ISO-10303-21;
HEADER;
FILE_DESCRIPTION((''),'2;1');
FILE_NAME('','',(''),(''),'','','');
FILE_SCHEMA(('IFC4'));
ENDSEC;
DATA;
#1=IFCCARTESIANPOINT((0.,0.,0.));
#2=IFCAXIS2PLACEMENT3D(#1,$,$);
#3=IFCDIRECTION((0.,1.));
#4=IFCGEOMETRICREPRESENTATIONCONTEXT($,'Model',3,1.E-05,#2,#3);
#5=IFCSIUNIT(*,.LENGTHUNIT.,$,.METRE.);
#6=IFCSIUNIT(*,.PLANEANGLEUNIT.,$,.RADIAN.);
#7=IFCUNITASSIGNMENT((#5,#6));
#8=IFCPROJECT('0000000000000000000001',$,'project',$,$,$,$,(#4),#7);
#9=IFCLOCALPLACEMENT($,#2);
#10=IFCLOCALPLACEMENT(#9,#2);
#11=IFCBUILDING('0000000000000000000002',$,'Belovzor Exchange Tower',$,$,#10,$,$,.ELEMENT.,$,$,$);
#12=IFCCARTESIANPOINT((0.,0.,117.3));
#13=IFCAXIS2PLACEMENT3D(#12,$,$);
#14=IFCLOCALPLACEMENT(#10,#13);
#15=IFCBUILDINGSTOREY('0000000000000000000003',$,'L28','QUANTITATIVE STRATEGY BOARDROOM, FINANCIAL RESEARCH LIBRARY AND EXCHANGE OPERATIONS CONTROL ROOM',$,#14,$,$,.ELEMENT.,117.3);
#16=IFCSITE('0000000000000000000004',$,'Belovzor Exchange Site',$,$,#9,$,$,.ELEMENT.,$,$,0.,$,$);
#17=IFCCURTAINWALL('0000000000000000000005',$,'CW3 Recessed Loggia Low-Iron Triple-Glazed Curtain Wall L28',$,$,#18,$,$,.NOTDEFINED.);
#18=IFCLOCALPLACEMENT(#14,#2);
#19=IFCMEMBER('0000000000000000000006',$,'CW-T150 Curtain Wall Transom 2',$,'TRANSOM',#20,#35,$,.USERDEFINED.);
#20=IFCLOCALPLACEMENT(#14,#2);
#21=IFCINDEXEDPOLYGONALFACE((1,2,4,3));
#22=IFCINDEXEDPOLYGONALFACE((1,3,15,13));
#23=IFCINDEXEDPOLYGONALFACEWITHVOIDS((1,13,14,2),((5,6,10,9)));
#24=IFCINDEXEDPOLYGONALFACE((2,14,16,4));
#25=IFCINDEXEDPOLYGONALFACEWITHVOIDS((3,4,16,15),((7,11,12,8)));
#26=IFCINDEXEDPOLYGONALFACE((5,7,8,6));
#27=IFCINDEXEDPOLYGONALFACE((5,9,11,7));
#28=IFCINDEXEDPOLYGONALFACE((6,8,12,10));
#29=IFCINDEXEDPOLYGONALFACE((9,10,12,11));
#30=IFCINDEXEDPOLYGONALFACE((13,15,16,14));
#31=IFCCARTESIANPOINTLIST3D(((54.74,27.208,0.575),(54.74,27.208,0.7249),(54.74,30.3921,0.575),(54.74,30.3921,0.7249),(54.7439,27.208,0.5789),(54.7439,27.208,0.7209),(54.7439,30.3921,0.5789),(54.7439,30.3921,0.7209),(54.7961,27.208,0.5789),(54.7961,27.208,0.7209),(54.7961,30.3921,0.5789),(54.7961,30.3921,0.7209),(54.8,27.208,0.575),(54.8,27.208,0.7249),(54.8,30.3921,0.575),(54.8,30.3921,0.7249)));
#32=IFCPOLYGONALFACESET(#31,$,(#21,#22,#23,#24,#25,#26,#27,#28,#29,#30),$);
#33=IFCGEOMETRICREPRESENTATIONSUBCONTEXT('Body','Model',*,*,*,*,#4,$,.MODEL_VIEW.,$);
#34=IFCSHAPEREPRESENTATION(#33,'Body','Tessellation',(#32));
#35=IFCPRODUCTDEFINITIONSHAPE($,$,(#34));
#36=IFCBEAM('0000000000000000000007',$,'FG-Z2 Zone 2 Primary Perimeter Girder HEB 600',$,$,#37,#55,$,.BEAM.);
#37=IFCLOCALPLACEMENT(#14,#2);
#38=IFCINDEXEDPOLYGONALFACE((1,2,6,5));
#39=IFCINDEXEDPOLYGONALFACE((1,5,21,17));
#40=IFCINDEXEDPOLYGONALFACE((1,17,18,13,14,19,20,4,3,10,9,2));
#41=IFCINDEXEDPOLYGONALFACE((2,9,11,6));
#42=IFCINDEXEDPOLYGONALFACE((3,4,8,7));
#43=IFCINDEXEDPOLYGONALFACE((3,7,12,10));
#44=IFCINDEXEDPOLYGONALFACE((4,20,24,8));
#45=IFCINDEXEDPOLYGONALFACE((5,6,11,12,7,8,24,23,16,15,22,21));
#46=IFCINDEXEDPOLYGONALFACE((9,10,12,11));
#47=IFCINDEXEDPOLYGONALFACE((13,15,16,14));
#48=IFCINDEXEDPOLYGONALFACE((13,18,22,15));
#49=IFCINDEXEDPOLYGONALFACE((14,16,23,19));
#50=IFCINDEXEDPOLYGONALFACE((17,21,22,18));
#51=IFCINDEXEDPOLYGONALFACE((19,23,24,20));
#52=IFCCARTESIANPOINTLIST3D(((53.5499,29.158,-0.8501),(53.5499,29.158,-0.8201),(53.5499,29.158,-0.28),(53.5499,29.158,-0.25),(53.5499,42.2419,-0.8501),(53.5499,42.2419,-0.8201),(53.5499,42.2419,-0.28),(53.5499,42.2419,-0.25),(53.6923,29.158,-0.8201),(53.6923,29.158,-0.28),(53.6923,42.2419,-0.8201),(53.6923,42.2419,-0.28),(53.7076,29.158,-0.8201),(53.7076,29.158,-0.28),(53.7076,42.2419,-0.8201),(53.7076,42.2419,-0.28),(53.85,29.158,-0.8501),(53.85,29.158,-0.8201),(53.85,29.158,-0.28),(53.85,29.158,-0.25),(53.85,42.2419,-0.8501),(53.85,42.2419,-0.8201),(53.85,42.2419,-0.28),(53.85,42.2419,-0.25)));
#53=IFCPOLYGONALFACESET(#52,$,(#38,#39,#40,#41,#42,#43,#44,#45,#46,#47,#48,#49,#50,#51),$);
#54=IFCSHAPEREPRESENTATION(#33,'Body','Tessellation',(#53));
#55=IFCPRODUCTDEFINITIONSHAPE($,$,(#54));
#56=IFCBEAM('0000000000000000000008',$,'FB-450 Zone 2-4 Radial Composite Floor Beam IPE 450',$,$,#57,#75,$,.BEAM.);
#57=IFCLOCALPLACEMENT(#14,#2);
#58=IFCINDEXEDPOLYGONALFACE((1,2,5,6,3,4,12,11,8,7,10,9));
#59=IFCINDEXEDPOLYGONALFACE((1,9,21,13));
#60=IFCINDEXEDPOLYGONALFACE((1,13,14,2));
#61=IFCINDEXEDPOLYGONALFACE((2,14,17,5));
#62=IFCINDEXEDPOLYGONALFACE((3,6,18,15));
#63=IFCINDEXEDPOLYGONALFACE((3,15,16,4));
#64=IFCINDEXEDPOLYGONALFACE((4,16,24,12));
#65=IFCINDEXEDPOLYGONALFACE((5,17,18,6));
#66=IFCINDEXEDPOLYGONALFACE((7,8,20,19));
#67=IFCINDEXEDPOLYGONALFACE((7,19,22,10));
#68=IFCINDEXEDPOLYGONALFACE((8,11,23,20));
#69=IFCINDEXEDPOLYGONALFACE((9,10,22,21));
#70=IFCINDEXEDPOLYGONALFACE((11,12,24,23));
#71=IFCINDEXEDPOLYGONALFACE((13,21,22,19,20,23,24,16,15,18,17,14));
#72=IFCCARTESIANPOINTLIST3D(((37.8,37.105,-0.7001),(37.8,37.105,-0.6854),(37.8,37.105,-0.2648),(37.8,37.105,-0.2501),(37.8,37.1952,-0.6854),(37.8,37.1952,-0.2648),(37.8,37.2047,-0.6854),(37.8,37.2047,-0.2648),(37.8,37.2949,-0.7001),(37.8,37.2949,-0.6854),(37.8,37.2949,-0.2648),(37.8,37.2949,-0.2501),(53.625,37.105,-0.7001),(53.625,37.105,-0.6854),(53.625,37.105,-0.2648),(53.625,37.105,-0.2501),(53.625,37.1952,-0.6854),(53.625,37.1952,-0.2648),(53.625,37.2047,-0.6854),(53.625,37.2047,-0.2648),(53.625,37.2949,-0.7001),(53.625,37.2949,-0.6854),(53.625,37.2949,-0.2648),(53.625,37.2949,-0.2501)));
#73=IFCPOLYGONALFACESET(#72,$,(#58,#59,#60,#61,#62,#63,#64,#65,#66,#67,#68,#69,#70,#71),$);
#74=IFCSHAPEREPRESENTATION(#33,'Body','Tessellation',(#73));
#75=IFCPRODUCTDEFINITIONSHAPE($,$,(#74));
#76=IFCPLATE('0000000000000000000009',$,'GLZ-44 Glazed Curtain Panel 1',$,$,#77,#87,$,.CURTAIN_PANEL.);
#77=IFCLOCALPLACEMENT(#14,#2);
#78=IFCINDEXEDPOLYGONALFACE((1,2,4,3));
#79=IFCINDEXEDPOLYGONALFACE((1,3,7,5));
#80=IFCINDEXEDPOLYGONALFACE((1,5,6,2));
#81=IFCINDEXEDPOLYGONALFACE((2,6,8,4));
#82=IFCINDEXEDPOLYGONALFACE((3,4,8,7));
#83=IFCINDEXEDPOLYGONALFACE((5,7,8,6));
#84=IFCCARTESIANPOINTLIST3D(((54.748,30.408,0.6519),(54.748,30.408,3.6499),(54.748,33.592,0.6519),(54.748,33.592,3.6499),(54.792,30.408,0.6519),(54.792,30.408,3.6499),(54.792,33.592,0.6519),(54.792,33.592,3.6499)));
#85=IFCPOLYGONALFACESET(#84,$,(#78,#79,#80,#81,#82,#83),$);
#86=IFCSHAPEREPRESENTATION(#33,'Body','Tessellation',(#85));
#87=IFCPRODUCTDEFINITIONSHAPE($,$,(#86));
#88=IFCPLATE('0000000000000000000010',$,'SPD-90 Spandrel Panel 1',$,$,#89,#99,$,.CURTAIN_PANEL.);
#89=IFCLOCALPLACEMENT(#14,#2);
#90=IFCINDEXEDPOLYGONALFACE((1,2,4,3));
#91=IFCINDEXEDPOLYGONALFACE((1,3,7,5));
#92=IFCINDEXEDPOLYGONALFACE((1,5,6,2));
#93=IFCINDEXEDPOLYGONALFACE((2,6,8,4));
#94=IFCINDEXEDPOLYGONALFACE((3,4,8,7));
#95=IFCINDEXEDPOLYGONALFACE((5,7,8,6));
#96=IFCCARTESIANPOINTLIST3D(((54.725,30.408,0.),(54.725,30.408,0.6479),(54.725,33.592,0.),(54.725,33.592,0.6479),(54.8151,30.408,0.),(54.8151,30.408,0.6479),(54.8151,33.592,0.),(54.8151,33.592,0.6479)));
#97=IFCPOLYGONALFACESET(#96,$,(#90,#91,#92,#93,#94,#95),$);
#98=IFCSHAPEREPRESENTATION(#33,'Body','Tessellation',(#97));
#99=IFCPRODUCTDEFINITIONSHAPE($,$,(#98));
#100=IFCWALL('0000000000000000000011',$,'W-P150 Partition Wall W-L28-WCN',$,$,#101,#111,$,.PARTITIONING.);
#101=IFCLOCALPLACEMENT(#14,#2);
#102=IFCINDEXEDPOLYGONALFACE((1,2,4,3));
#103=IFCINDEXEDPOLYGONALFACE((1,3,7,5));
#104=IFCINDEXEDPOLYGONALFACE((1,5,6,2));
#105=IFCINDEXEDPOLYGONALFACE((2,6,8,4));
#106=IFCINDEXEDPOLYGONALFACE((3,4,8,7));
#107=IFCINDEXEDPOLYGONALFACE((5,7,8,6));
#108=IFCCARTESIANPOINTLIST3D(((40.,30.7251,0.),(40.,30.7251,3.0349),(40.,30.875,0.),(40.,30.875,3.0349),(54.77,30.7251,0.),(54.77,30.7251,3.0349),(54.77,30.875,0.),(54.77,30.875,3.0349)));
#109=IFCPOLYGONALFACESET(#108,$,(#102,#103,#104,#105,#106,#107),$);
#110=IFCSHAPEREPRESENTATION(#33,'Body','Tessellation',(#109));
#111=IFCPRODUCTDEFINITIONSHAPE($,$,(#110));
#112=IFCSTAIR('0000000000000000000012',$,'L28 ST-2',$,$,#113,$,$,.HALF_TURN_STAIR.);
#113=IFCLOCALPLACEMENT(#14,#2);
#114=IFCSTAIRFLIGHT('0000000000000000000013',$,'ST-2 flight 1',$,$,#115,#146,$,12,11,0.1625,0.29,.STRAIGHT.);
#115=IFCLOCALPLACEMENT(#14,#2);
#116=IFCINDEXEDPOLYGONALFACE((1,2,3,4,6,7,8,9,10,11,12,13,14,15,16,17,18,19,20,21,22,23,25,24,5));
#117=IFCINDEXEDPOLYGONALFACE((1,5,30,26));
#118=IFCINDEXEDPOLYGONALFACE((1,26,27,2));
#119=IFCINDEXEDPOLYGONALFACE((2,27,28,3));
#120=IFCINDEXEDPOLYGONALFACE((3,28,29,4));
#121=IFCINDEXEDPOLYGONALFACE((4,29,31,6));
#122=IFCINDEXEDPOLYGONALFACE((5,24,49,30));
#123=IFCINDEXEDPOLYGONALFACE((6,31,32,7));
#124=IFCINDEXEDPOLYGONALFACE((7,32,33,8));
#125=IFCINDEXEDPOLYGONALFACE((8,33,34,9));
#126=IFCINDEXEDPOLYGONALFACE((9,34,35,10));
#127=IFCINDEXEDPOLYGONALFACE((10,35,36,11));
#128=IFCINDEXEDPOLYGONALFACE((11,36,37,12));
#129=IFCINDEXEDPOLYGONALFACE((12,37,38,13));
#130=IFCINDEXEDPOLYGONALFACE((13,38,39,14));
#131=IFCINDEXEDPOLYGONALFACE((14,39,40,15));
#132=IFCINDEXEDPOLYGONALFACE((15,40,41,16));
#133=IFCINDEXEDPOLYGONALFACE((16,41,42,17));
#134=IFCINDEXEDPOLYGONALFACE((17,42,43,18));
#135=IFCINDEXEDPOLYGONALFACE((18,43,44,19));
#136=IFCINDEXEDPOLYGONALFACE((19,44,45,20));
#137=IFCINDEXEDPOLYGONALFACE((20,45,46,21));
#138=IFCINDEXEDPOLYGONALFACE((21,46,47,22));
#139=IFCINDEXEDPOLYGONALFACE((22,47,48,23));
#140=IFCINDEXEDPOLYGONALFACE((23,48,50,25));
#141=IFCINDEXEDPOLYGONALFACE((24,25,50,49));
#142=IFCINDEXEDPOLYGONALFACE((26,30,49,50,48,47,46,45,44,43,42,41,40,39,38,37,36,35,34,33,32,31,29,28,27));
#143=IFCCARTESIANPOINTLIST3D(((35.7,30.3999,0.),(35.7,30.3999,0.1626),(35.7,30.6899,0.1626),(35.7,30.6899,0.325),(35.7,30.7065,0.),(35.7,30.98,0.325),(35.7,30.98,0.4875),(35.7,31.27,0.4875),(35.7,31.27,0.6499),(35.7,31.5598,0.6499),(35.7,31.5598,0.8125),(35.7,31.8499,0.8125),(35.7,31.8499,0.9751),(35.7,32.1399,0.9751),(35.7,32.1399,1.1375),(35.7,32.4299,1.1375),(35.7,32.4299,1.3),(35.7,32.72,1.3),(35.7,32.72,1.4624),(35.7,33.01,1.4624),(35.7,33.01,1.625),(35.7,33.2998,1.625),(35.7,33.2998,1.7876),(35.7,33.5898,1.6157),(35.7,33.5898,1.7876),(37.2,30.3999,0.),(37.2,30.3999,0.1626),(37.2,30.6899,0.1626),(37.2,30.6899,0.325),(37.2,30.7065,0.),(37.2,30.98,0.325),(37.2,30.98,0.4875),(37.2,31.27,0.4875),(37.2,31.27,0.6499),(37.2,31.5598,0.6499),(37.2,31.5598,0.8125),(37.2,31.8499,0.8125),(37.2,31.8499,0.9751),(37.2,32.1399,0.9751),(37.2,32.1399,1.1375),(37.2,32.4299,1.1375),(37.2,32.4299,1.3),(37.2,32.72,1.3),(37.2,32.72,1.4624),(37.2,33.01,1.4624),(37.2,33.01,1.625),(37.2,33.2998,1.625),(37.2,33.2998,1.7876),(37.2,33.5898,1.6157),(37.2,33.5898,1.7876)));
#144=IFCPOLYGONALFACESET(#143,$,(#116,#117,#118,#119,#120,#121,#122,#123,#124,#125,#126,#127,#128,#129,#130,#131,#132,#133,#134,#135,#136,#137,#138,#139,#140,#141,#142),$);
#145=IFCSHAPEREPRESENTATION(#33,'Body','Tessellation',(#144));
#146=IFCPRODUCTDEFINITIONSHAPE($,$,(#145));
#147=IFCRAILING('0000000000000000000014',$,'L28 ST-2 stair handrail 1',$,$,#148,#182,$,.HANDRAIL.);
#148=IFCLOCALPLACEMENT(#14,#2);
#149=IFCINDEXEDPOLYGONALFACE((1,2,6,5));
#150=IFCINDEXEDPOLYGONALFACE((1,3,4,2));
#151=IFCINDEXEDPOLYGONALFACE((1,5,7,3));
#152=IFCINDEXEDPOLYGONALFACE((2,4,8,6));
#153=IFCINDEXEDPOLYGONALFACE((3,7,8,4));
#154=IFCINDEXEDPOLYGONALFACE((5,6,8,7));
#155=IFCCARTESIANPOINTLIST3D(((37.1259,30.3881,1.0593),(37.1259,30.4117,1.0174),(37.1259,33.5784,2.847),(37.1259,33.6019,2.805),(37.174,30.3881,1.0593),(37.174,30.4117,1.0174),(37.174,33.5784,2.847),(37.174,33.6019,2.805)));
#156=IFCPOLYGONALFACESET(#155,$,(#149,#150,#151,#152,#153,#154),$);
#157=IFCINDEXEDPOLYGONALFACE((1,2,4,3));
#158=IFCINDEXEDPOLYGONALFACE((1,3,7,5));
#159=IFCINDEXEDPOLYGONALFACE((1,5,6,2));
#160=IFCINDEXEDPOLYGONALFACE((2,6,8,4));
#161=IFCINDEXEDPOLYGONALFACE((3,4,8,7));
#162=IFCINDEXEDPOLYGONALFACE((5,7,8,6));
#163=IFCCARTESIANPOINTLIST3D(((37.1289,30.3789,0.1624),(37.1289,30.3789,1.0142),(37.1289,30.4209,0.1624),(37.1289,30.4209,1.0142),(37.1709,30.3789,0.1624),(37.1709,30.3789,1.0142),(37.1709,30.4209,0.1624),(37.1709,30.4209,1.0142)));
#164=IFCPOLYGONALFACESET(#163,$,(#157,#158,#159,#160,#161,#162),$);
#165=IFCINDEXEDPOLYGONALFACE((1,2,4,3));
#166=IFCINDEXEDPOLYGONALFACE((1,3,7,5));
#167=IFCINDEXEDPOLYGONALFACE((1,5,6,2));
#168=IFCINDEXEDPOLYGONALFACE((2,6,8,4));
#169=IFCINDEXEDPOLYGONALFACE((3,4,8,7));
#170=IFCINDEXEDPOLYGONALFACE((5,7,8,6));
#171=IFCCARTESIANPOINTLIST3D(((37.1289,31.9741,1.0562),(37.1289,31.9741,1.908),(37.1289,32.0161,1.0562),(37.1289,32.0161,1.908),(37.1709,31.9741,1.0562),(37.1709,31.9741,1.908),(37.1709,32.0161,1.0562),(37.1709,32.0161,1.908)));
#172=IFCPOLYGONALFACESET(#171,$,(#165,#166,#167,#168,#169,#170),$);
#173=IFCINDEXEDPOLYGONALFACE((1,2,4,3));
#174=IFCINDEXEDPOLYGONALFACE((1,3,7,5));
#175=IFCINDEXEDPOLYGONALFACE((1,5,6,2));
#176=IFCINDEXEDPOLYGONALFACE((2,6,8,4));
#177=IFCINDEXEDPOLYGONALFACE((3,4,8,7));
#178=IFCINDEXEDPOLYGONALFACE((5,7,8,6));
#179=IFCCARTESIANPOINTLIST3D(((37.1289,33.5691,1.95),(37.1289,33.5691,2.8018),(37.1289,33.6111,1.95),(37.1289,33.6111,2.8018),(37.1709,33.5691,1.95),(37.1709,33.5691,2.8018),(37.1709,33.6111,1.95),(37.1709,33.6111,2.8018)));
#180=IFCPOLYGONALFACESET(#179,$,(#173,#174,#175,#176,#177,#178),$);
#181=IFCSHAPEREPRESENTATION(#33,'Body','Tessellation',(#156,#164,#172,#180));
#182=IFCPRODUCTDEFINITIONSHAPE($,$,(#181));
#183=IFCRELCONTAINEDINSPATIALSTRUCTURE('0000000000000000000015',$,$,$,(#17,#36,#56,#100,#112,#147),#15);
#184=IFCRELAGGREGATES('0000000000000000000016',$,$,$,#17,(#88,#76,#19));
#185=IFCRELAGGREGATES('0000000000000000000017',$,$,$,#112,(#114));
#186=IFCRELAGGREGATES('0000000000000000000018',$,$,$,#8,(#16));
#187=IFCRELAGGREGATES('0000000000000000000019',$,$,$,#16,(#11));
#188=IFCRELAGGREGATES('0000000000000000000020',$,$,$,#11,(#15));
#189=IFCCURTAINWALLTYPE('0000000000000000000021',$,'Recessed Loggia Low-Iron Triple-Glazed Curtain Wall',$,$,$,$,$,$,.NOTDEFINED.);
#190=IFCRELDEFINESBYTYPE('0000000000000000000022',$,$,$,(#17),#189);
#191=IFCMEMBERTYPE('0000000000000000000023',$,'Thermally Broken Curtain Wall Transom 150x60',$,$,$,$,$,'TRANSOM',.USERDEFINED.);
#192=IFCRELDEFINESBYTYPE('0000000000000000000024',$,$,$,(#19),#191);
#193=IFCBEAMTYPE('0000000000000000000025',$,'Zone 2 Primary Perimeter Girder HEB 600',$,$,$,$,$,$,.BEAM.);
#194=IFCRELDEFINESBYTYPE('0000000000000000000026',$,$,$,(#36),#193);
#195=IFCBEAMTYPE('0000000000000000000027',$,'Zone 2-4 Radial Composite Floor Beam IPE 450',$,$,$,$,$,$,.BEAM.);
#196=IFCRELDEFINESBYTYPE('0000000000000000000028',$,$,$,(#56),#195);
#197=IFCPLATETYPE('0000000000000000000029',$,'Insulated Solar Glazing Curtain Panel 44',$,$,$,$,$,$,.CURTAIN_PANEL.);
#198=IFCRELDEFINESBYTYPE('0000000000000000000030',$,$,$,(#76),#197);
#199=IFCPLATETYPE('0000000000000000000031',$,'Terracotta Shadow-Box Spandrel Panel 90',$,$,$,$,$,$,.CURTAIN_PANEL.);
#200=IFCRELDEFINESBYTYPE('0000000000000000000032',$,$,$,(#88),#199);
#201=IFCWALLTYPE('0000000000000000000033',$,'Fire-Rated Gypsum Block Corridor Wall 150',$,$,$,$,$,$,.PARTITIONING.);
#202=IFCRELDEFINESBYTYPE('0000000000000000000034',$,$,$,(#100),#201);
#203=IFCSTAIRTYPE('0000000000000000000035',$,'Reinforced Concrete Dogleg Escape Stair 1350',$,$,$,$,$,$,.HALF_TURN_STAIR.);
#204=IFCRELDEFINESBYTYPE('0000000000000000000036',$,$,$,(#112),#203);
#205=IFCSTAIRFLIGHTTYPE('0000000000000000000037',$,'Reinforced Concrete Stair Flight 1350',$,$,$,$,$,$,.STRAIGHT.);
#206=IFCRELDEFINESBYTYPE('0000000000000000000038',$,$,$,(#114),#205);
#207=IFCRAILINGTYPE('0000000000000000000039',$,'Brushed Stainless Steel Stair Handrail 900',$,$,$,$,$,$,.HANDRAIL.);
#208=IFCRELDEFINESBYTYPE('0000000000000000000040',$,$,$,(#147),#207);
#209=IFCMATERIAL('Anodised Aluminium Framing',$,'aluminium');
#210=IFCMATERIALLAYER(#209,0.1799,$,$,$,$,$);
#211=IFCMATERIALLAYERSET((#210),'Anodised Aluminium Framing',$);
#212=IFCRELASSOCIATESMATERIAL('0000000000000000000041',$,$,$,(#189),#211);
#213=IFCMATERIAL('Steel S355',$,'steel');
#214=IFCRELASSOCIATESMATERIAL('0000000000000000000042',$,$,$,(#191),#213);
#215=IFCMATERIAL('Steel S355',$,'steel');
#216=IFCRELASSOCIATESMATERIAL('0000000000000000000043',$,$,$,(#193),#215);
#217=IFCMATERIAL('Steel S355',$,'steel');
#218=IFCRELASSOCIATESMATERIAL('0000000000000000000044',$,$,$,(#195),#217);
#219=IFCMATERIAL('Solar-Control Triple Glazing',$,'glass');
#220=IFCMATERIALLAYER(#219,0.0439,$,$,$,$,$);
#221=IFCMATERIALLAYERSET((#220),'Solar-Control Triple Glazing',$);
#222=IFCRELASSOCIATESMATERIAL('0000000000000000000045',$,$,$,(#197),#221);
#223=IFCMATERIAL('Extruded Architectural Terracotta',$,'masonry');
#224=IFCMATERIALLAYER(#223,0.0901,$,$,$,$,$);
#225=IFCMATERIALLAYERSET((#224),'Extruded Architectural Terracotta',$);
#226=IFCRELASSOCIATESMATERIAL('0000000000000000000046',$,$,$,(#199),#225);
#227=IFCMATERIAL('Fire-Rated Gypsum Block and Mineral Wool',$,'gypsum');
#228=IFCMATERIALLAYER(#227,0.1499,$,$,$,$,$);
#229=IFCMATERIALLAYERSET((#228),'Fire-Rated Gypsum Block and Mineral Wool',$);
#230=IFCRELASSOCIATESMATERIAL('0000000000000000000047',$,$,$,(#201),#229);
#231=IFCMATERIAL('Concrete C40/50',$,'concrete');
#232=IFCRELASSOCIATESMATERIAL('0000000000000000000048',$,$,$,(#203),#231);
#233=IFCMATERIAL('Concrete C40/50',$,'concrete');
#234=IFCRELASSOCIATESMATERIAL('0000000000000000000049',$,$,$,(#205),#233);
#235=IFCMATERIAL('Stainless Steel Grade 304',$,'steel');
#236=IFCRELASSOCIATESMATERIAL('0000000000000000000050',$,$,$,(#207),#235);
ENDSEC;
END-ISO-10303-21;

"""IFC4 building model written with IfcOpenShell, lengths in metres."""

from ifc_helpers import new_model, si_unit, direction, frame, frame_2d, origin, origin_2d, place, context, subcontext, project, spatial, polyline, rectangle, hollow_rectangle, i_section, outline, extrude, material, layer, layer_set, material_profile, profile_set, type_object, element, aggregate, save


model = new_model("IFC4")

# Units and contexts
model_context = context("Model", 3, precision=1e-05, world=origin(), true_north=direction((0.0, 1.0)))
body_context = subcontext(model_context, "Body", "Model", "MODEL_VIEW")
ifc_project = project(units=[si_unit("LENGTHUNIT", "METRE"), si_unit("PLANEANGLEUNIT", "RADIAN")], contexts=[model_context])

# Site, building, storey
site_placement = place(None, origin())
site = spatial("IfcSite", under=ifc_project, at=site_placement, Name="Belovzor Exchange Site", CompositionType="ELEMENT", RefElevation=0.0)
building_placement = place(site_placement, origin())
building = spatial("IfcBuilding", under=site, at=building_placement, Name="Belovzor Exchange Tower", CompositionType="ELEMENT")
storey_placement = place(building_placement, frame((0.0, 0.0, 117.3)))
storey = spatial("IfcBuildingStorey", under=building, at=storey_placement, Name="L28", Description="QUANTITATIVE STRATEGY BOARDROOM, FINANCIAL RESEARCH LIBRARY AND EXCHANGE OPERATIONS CONTROL ROOM", CompositionType="ELEMENT", Elevation=117.3)

# Curtain wall, member
ifc_material_1 = material(Name="Anodised Aluminium Framing", Category="aluminium")
ifc_layer_1 = layer(ifc_material_1, 0.1799)
ifc_layer_set_1 = layer_set([ifc_layer_1], Name="Anodised Aluminium Framing")
curtain_wall_type = type_object("IfcCurtainWallType", Name="Recessed Loggia Low-Iron Triple-Glazed Curtain Wall", PredefinedType="NOTDEFINED", material=ifc_layer_set_1)
curtain_wall_placement = place(storey_placement, origin())
curtain_wall = element("IfcCurtainWall", 1, at=curtain_wall_placement, inside=storey, type_object=curtain_wall_type, Name="CW3 Recessed Loggia Low-Iron Triple-Glazed Curtain Wall L28", PredefinedType="NOTDEFINED")
ifc_material_2 = material(Name="Steel S355", Category="steel")
ifc_material_profile_1 = material_profile(ifc_material_2, hollow_rectangle(XDim=0.0601, YDim=0.1499, WallThickness=0.0039, at=origin_2d()))
ifc_profile_set_1 = profile_set([ifc_material_profile_1], Name="Steel S355")
member_type_1 = type_object("IfcMemberType", Name="Thermally Broken Curtain Wall Transom 150x60", ElementType="TRANSOM", PredefinedType="USERDEFINED", material=ifc_profile_set_1)
member_1_placement = place(storey_placement, frame((54.77, 30.3921, 0.6499), z_axis=(0.0, -1.0, 0.0), x_axis=(1.0, 0.0, 0.0)))
member_1 = element("IfcMember", 2, at=member_1_placement, type_object=member_type_1, Name="CW-T150 Curtain Wall Transom 2", ObjectType="TRANSOM", PredefinedType="USERDEFINED", context=body_context, shape_type="SweptSolid", body=[
    extrude(hollow_rectangle(XDim=0.0601, YDim=0.1499, WallThickness=0.0039, at=origin_2d()), origin(), (0.0, 0.0, 1.0), 3.1841),
])

# Beams
ifc_material_3 = material(Name="Steel S355", Category="steel")
ifc_material_profile_2 = material_profile(ifc_material_3, i_section(OverallWidth=0.3, OverallDepth=0.6001, WebThickness=0.0154, FlangeThickness=0.03, at=origin_2d()))
ifc_profile_set_2 = profile_set([ifc_material_profile_2], Name="Steel S355")
beam_type_1 = type_object("IfcBeamType", Name="Zone 2 Primary Perimeter Girder HEB 600", PredefinedType="BEAM", material=ifc_profile_set_2)
beam_1_placement = place(storey_placement, frame((53.7, 29.158, -0.55), z_axis=(0.0, 1.0, 0.0), x_axis=(-1.0, 0.0, 0.0)))
element("IfcBeam", 3, at=beam_1_placement, inside=storey, type_object=beam_type_1, Name="FG-Z2 Zone 2 Primary Perimeter Girder HEB 600", PredefinedType="BEAM", context=body_context, shape_type="SweptSolid", body=[
    extrude(i_section(OverallWidth=0.3, OverallDepth=0.6001, WebThickness=0.0154, FlangeThickness=0.03, at=origin_2d()), origin(), (0.0, 0.0, 1.0), 13.084),
])
ifc_material_4 = material(Name="Steel S355", Category="steel")
ifc_material_profile_3 = material_profile(ifc_material_4, i_section(OverallWidth=0.1899, OverallDepth=0.45, WebThickness=0.0095, FlangeThickness=0.0146, at=origin_2d()))
ifc_profile_set_3 = profile_set([ifc_material_profile_3], Name="Steel S355")
beam_type_2 = type_object("IfcBeamType", Name="Zone 2-4 Radial Composite Floor Beam IPE 450", PredefinedType="BEAM", material=ifc_profile_set_3)
beam_2_placement = place(storey_placement, frame((37.8, 37.2, -0.4751), z_axis=(1.0, 0.0, 0.0), x_axis=(0.0, 1.0, 0.0)))
element("IfcBeam", 4, at=beam_2_placement, inside=storey, type_object=beam_type_2, Name="FB-450 Zone 2-4 Radial Composite Floor Beam IPE 450", PredefinedType="BEAM", context=body_context, shape_type="SweptSolid", body=[
    extrude(i_section(OverallWidth=0.1899, OverallDepth=0.45, WebThickness=0.0095, FlangeThickness=0.0146, at=origin_2d()), origin(), (0.0, 0.0, 1.0), 15.825),
])

# Plates
ifc_material_5 = material(Name="Solar-Control Triple Glazing", Category="glass")
ifc_layer_2 = layer(ifc_material_5, 0.0439)
ifc_layer_set_2 = layer_set([ifc_layer_2], Name="Solar-Control Triple Glazing")
plate_type_1 = type_object("IfcPlateType", Name="Insulated Solar Glazing Curtain Panel 44", PredefinedType="CURTAIN_PANEL", material=ifc_layer_set_2)
plate_1_placement = place(storey_placement, frame((54.77, 32.0, 0.6519), z_axis=(0.0, 0.0, 1.0), x_axis=(0.0, -1.0, 0.0)))
plate_1 = element("IfcPlate", 5, at=plate_1_placement, type_object=plate_type_1, Name="GLZ-44 Glazed Curtain Panel 1", PredefinedType="CURTAIN_PANEL", context=body_context, shape_type="SweptSolid", body=[
    extrude(rectangle(XDim=3.1841, YDim=0.0439, at=origin_2d()), origin(), (0.0, 0.0, 1.0), 2.998),
])
ifc_material_6 = material(Name="Extruded Architectural Terracotta", Category="masonry")
ifc_layer_3 = layer(ifc_material_6, 0.0901)
ifc_layer_set_3 = layer_set([ifc_layer_3], Name="Extruded Architectural Terracotta")
plate_type_2 = type_object("IfcPlateType", Name="Terracotta Shadow-Box Spandrel Panel 90", PredefinedType="CURTAIN_PANEL", material=ifc_layer_set_3)
plate_2_placement = place(storey_placement, frame((54.77, 32.0, 0.0), z_axis=(0.0, 0.0, 1.0), x_axis=(0.0, -1.0, 0.0)))
plate_2 = element("IfcPlate", 6, at=plate_2_placement, type_object=plate_type_2, Name="SPD-90 Spandrel Panel 1", PredefinedType="CURTAIN_PANEL", context=body_context, shape_type="SweptSolid", body=[
    extrude(rectangle(XDim=3.1841, YDim=0.0901, at=origin_2d()), origin(), (0.0, 0.0, 1.0), 0.6479),
])
aggregate(curtain_wall, [plate_2, plate_1, member_1])

# Wall
ifc_material_7 = material(Name="Fire-Rated Gypsum Block and Mineral Wool", Category="gypsum")
ifc_layer_4 = layer(ifc_material_7, 0.1499)
ifc_layer_set_4 = layer_set([ifc_layer_4], Name="Fire-Rated Gypsum Block and Mineral Wool")
wall_type = type_object("IfcWallType", Name="Fire-Rated Gypsum Block Corridor Wall 150", PredefinedType="PARTITIONING", material=ifc_layer_set_4)
wall_placement = place(storey_placement, frame((40.0, 30.8, 0.0), z_axis=(0.0, 0.0, 1.0), x_axis=(1.0, 0.0, 0.0)))
element("IfcWall", 7, at=wall_placement, inside=storey, type_object=wall_type, Name="W-P150 Partition Wall W-L28-WCN", PredefinedType="PARTITIONING", context=body_context, shape_type="SweptSolid", body=[
    extrude(rectangle(XDim=14.77, YDim=0.1499, at=frame_2d((7.385, 0.0))), origin(), (0.0, 0.0, 1.0), 3.0349),
])

# Stair, stair flight
ifc_material_8 = material(Name="Concrete C40/50", Category="concrete")
stair_type = type_object("IfcStairType", Name="Reinforced Concrete Dogleg Escape Stair 1350", PredefinedType="HALF_TURN_STAIR", material=ifc_material_8)
stair_placement = place(storey_placement, origin())
stair = element("IfcStair", 8, at=stair_placement, inside=storey, type_object=stair_type, Name="L28 ST-2", PredefinedType="HALF_TURN_STAIR")
ifc_material_9 = material(Name="Concrete C40/50", Category="concrete")
stair_flight_type = type_object("IfcStairFlightType", Name="Reinforced Concrete Stair Flight 1350", PredefinedType="STRAIGHT", material=ifc_material_9)
stair_flight_placement = place(storey_placement, frame((36.45, 30.3999, 0.0), z_axis=(0.0, 0.0, 1.0), x_axis=(0.0, 1.0, 0.0)))
stair_flight = element("IfcStairFlight", 9, at=stair_flight_placement, type_object=stair_flight_type, Name="ST-2 flight 1", NumberOfRisers=12, NumberOfTreads=11, PredefinedType="STRAIGHT", RiserHeight=0.1625, TreadLength=0.29, context=body_context, shape_type="SweptSolid", body=[
    extrude(outline(polyline([(0.0, 0.0), (0.0, 0.1626), (0.29, 0.1626), (0.29, 0.325), (0.5801, 0.325), (0.5801, 0.4875), (0.8701, 0.4875), (0.8701, 0.6499), (1.1599, 0.6499), (1.1599, 0.8125), (1.45, 0.8125), (1.45, 0.9751), (1.74, 0.9751), (1.74, 1.1375), (2.03, 1.1375), (2.03, 1.3), (2.3201, 1.3), (2.3201, 1.4624), (2.6101, 1.4624), (2.6101, 1.625), (2.8999, 1.625), (2.8999, 1.7876), (3.1899, 1.7876), (3.1899, 1.95), (3.1899, 1.6157), (0.3066, 0.0), (0.0, 0.0)])), frame((0.0, 0.75, 0.0), z_axis=(0.0, -1.0, 0.0), x_axis=(1.0, 0.0, 0.0)), (0.0, 0.0, 1.0), 1.5),
])
aggregate(stair, [stair_flight])

# Railing
ifc_material_10 = material(Name="Stainless Steel Grade 304", Category="steel")
railing_type_1 = type_object("IfcRailingType", Name="Brushed Stainless Steel Stair Handrail 900", PredefinedType="HANDRAIL", material=ifc_material_10)
railing_1_placement = place(storey_placement, frame((37.1499, 30.3999, 0.1624)))
element("IfcRailing", 10, at=railing_1_placement, inside=storey, type_object=railing_type_1, Name="L28 ST-2 stair handrail 1", PredefinedType="HANDRAIL", context=body_context, shape_type="SweptSolid", body=[
    extrude(rectangle(XDim=0.0481, YDim=0.0481, at=origin_2d()), frame((0.0, 0.0, 0.876), z_axis=(0.0, 0.872378, 0.488831), x_axis=(-1.0, 0.0, 0.0)), (0.0, 0.0, 1.0), 3.657),
    extrude(rectangle(XDim=0.042, YDim=0.042, at=origin_2d()), origin(), (0.0, 0.0, 1.0), 0.8518),
    extrude(rectangle(XDim=0.042, YDim=0.042, at=origin_2d()), frame((0.0, 1.5952, 0.8938)), (0.0, 0.0, 1.0), 0.8518),
    extrude(rectangle(XDim=0.042, YDim=0.042, at=origin_2d()), frame((0.0, 3.1902, 1.7876)), (0.0, 0.0, 1.0), 0.8518),
])

save(model, "model.ifc")
